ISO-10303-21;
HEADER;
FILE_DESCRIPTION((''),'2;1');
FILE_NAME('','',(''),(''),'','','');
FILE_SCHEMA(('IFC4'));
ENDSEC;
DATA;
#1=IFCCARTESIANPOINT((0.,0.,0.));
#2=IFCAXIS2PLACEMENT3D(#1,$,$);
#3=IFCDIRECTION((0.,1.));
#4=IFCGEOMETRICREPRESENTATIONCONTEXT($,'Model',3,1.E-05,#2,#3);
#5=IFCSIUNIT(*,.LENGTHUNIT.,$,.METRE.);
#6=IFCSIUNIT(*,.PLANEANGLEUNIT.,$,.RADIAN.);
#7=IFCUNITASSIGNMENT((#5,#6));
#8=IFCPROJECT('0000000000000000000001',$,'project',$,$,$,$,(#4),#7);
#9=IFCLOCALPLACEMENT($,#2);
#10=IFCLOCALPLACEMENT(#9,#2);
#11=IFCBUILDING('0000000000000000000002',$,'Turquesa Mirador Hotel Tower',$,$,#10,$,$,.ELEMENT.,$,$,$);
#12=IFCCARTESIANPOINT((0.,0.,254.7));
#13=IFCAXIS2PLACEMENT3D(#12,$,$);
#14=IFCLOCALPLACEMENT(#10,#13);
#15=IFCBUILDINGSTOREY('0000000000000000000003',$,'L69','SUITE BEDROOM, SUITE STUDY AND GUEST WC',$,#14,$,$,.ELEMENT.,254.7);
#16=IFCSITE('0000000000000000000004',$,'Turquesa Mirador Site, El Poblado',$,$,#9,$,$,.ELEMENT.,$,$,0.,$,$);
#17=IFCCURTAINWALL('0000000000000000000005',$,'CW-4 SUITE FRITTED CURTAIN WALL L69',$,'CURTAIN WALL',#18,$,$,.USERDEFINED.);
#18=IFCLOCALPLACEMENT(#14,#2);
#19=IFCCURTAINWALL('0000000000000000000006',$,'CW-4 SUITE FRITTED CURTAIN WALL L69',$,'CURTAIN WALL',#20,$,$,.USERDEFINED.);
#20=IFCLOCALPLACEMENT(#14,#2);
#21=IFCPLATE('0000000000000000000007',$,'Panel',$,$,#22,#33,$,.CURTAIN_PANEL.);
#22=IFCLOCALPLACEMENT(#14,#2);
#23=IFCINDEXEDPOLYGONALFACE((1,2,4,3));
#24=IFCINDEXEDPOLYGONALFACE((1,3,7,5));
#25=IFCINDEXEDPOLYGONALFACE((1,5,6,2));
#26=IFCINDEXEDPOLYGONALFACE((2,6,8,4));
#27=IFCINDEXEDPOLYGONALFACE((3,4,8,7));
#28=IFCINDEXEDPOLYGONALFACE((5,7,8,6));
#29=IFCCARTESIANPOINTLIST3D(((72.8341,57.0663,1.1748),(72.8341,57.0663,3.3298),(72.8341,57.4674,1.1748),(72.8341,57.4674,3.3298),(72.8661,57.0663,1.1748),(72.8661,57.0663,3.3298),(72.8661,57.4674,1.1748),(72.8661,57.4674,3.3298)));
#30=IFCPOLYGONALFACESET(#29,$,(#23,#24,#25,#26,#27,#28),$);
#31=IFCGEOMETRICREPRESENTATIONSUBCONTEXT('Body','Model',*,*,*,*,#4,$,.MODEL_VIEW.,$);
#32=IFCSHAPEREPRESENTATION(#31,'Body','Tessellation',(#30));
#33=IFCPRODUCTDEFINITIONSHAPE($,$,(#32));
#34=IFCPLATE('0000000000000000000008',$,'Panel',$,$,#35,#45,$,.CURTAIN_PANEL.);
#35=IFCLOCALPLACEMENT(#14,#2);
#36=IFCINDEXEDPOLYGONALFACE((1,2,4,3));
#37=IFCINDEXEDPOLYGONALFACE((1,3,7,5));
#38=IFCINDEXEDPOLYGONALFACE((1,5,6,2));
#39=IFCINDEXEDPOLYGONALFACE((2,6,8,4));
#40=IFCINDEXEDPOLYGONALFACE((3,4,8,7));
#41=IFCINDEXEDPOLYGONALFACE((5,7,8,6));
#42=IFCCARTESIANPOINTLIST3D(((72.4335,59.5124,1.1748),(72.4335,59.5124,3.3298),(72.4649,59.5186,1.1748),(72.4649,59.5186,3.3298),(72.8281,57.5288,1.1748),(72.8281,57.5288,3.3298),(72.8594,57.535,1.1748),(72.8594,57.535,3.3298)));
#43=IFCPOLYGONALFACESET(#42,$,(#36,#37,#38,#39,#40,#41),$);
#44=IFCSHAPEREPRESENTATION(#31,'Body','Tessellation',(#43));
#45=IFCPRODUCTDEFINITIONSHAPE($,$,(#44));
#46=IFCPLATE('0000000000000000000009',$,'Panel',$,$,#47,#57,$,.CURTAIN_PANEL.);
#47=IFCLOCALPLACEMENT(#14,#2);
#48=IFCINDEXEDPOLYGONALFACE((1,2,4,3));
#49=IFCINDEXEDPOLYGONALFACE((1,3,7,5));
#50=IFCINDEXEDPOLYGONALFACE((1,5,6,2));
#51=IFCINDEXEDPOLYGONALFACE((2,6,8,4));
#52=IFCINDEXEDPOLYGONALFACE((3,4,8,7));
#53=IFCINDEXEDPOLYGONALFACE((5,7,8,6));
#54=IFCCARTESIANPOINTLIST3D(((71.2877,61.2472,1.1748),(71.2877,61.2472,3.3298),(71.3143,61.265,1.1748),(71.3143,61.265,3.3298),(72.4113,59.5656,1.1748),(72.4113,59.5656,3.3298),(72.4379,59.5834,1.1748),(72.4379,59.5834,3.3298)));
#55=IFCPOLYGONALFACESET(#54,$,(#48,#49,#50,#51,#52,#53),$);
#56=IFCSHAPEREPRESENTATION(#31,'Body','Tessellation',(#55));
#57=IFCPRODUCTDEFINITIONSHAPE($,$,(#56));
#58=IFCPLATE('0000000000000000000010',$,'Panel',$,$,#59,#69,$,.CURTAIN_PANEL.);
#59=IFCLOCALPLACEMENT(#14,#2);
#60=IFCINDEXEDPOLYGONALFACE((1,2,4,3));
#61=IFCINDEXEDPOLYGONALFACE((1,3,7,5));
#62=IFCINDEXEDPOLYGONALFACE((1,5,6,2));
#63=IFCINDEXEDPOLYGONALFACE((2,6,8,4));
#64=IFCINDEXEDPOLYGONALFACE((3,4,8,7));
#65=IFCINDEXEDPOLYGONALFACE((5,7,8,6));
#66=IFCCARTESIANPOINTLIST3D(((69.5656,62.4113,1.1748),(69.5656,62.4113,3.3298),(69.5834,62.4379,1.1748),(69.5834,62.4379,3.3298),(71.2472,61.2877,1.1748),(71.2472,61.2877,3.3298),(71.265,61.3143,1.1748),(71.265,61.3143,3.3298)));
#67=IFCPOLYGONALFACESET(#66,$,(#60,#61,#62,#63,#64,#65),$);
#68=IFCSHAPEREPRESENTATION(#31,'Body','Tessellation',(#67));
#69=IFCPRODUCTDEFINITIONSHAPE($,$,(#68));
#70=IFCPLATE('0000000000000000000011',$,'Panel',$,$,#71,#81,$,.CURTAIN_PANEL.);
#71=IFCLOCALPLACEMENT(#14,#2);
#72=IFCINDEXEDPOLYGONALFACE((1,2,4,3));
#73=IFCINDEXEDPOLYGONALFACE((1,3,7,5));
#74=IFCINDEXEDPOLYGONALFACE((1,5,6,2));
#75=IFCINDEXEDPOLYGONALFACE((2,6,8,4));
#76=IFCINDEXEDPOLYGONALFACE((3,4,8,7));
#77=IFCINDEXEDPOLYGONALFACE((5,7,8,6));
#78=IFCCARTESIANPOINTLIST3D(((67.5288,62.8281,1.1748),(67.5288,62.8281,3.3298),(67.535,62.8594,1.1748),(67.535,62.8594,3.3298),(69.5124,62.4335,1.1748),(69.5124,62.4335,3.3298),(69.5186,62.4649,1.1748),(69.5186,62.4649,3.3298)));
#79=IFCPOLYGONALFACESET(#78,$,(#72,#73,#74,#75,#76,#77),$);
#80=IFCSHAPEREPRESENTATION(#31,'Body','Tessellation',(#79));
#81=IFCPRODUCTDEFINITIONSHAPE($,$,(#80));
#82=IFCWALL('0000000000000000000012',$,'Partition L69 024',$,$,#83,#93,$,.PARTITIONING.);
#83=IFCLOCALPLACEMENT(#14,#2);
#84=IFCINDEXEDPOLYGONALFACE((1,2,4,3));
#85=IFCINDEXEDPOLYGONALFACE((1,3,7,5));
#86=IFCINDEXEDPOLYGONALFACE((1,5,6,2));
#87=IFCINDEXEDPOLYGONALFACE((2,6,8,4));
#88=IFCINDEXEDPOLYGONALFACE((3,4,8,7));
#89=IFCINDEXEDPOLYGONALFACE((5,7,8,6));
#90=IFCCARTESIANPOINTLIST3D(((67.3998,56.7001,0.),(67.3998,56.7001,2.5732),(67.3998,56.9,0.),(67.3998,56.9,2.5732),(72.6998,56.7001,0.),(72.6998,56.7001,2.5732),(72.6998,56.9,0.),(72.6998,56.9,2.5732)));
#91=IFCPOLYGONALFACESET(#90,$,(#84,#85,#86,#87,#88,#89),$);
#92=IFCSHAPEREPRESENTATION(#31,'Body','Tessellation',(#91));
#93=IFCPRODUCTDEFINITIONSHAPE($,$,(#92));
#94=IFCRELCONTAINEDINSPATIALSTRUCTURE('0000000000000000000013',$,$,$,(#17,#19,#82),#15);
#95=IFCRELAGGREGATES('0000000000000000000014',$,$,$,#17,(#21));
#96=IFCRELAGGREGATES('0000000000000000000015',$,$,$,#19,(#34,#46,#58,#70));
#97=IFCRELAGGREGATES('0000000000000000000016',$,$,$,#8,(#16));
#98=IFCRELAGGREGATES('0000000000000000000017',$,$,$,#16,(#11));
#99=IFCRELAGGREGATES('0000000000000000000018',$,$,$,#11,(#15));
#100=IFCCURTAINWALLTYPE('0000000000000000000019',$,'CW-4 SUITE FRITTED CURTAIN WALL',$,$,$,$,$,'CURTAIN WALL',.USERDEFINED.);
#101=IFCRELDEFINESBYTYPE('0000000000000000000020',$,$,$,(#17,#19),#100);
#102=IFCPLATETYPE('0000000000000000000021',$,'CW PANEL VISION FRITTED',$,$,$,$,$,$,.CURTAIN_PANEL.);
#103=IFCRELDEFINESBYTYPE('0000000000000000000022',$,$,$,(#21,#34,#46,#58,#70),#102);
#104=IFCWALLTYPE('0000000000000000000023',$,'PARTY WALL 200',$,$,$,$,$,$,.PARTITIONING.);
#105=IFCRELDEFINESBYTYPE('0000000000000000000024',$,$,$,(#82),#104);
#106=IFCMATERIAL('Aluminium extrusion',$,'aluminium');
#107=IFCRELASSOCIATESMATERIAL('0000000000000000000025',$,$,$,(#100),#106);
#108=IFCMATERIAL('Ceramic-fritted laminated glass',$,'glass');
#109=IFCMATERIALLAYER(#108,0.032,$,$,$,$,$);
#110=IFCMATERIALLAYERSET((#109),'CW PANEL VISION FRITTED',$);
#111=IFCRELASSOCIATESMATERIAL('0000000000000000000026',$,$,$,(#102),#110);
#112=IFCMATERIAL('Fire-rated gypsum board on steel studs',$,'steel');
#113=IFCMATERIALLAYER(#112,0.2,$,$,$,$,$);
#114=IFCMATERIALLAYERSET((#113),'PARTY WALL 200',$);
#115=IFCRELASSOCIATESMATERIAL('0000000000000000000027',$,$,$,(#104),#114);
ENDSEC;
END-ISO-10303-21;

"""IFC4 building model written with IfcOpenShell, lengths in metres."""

from ifc_helpers import new_model, si_unit, direction, frame, frame_2d, origin, origin_2d, place, context, subcontext, project, spatial, rectangle, extrude, material, layer, layer_set, type_object, element, aggregate, save


model = new_model("IFC4")

# Units and contexts
model_context = context("Model", 3, precision=1e-05, world=origin(), true_north=direction((0.0, 1.0)))
body_context = subcontext(model_context, "Body", "Model", "MODEL_VIEW")
ifc_project = project(units=[si_unit("LENGTHUNIT", "METRE"), si_unit("PLANEANGLEUNIT", "RADIAN")], contexts=[model_context])

# Site, building, storey
site_placement = place(None, origin())
site = spatial("IfcSite", under=ifc_project, at=site_placement, Name="Turquesa Mirador Site, El Poblado", CompositionType="ELEMENT", RefElevation=0.0)
building_placement = place(site_placement, origin())
building = spatial("IfcBuilding", under=site, at=building_placement, Name="Turquesa Mirador Hotel Tower", CompositionType="ELEMENT")
storey_placement = place(building_placement, frame((0.0, 0.0, 254.7)))
storey = spatial("IfcBuildingStorey", under=building, at=storey_placement, Name="L69", Description="SUITE BEDROOM, SUITE STUDY AND GUEST WC", CompositionType="ELEMENT", Elevation=254.7)

# Shared definitions
ifc_material_1 = material(Name="Aluminium extrusion", Category="aluminium")
curtain_wall_type = type_object("IfcCurtainWallType", Name="CW-4 SUITE FRITTED CURTAIN WALL", ElementType="CURTAIN WALL", PredefinedType="USERDEFINED", material=ifc_material_1)

# Curtain walls
curtain_wall_1_placement = place(storey_placement, origin())
curtain_wall_1 = element("IfcCurtainWall", 1, at=curtain_wall_1_placement, inside=storey, type_object=curtain_wall_type, Name="CW-4 SUITE FRITTED CURTAIN WALL L69", ObjectType="CURTAIN WALL", PredefinedType="USERDEFINED")
curtain_wall_2_placement = place(storey_placement, origin())
curtain_wall_2 = element("IfcCurtainWall", 2, at=curtain_wall_2_placement, inside=storey, type_object=curtain_wall_type, Name="CW-4 SUITE FRITTED CURTAIN WALL L69", ObjectType="CURTAIN WALL", PredefinedType="USERDEFINED")

# Plates
ifc_material_2 = material(Name="Ceramic-fritted laminated glass", Category="glass")
ifc_layer_1 = layer(ifc_material_2, 0.032)
ifc_layer_set_1 = layer_set([ifc_layer_1], Name="CW PANEL VISION FRITTED")
plate_type_1 = type_object("IfcPlateType", Name="CW PANEL VISION FRITTED", PredefinedType="CURTAIN_PANEL", material=ifc_layer_set_1)
plate_1_placement = place(storey_placement, frame((72.8501, 57.2668, 1.1748), z_axis=(0.0, 0.0, 1.0), x_axis=(0.0, 1.0, 0.0)))
plate_1 = element("IfcPlate", 3, at=plate_1_placement, type_object=plate_type_1, Name="Panel", PredefinedType="CURTAIN_PANEL", context=body_context, shape_type="SweptSolid", body=[
    extrude(rectangle(XDim=0.4011, YDim=0.032, at=origin_2d()), origin(), (0.0, 0.0, 1.0), 2.155),
])
aggregate(curtain_wall_1, [plate_1])
plate_2_placement = place(storey_placement, frame((72.6465, 58.5237, 1.1748), z_axis=(0.0, 0.0, 1.0), x_axis=(-0.195091, 0.980785, 0.0)))
plate_2 = element("IfcPlate", 4, at=plate_2_placement, type_object=plate_type_1, Name="Panel", PredefinedType="CURTAIN_PANEL", context=body_context, shape_type="SweptSolid", body=[
    extrude(rectangle(XDim=2.0225, YDim=0.032, at=origin_2d()), origin(), (0.0, 0.0, 1.0), 2.155),
])
plate_3_placement = place(storey_placement, frame((71.8628, 60.4153, 1.1748), z_axis=(0.0, 0.0, 1.0), x_axis=(-0.55557, 0.83147, 0.0)))
plate_3 = element("IfcPlate", 5, at=plate_3_placement, type_object=plate_type_1, Name="Panel", PredefinedType="CURTAIN_PANEL", context=body_context, shape_type="SweptSolid", body=[
    extrude(rectangle(XDim=2.0225, YDim=0.032, at=origin_2d()), origin(), (0.0, 0.0, 1.0), 2.155),
])
plate_4_placement = place(storey_placement, frame((70.4153, 61.8628, 1.1748), z_axis=(0.0, 0.0, 1.0), x_axis=(-0.83147, 0.55557, 0.0)))
plate_4 = element("IfcPlate", 6, at=plate_4_placement, type_object=plate_type_1, Name="Panel", PredefinedType="CURTAIN_PANEL", context=body_context, shape_type="SweptSolid", body=[
    extrude(rectangle(XDim=2.0225, YDim=0.032, at=origin_2d()), origin(), (0.0, 0.0, 1.0), 2.155),
])
plate_5_placement = place(storey_placement, frame((68.5237, 62.6465, 1.1748), z_axis=(0.0, 0.0, 1.0), x_axis=(-0.980785, 0.195091, 0.0)))
plate_5 = element("IfcPlate", 7, at=plate_5_placement, type_object=plate_type_1, Name="Panel", PredefinedType="CURTAIN_PANEL", context=body_context, shape_type="SweptSolid", body=[
    extrude(rectangle(XDim=2.0225, YDim=0.032, at=origin_2d()), origin(), (0.0, 0.0, 1.0), 2.155),
])
aggregate(curtain_wall_2, [plate_2, plate_3, plate_4, plate_5])

# Wall
ifc_material_3 = material(Name="Fire-rated gypsum board on steel studs", Category="steel")
ifc_layer_2 = layer(ifc_material_3, 0.2)
ifc_layer_set_2 = layer_set([ifc_layer_2], Name="PARTY WALL 200")
wall_type = type_object("IfcWallType", Name="PARTY WALL 200", PredefinedType="PARTITIONING", material=ifc_layer_set_2)
wall_placement = place(storey_placement, frame((67.3999, 56.8, 0.0), z_axis=(0.0, 0.0, 1.0), x_axis=(1.0, 0.0, 0.0)))
element("IfcWall", 8, at=wall_placement, inside=storey, type_object=wall_type, Name="Partition L69 024", PredefinedType="PARTITIONING", context=body_context, shape_type="SweptSolid", body=[
    extrude(rectangle(XDim=5.3, YDim=0.2, at=frame_2d((2.6499, 0.0))), origin(), (0.0, 0.0, 1.0), 2.5732),
])

save(model, "model.ifc")
